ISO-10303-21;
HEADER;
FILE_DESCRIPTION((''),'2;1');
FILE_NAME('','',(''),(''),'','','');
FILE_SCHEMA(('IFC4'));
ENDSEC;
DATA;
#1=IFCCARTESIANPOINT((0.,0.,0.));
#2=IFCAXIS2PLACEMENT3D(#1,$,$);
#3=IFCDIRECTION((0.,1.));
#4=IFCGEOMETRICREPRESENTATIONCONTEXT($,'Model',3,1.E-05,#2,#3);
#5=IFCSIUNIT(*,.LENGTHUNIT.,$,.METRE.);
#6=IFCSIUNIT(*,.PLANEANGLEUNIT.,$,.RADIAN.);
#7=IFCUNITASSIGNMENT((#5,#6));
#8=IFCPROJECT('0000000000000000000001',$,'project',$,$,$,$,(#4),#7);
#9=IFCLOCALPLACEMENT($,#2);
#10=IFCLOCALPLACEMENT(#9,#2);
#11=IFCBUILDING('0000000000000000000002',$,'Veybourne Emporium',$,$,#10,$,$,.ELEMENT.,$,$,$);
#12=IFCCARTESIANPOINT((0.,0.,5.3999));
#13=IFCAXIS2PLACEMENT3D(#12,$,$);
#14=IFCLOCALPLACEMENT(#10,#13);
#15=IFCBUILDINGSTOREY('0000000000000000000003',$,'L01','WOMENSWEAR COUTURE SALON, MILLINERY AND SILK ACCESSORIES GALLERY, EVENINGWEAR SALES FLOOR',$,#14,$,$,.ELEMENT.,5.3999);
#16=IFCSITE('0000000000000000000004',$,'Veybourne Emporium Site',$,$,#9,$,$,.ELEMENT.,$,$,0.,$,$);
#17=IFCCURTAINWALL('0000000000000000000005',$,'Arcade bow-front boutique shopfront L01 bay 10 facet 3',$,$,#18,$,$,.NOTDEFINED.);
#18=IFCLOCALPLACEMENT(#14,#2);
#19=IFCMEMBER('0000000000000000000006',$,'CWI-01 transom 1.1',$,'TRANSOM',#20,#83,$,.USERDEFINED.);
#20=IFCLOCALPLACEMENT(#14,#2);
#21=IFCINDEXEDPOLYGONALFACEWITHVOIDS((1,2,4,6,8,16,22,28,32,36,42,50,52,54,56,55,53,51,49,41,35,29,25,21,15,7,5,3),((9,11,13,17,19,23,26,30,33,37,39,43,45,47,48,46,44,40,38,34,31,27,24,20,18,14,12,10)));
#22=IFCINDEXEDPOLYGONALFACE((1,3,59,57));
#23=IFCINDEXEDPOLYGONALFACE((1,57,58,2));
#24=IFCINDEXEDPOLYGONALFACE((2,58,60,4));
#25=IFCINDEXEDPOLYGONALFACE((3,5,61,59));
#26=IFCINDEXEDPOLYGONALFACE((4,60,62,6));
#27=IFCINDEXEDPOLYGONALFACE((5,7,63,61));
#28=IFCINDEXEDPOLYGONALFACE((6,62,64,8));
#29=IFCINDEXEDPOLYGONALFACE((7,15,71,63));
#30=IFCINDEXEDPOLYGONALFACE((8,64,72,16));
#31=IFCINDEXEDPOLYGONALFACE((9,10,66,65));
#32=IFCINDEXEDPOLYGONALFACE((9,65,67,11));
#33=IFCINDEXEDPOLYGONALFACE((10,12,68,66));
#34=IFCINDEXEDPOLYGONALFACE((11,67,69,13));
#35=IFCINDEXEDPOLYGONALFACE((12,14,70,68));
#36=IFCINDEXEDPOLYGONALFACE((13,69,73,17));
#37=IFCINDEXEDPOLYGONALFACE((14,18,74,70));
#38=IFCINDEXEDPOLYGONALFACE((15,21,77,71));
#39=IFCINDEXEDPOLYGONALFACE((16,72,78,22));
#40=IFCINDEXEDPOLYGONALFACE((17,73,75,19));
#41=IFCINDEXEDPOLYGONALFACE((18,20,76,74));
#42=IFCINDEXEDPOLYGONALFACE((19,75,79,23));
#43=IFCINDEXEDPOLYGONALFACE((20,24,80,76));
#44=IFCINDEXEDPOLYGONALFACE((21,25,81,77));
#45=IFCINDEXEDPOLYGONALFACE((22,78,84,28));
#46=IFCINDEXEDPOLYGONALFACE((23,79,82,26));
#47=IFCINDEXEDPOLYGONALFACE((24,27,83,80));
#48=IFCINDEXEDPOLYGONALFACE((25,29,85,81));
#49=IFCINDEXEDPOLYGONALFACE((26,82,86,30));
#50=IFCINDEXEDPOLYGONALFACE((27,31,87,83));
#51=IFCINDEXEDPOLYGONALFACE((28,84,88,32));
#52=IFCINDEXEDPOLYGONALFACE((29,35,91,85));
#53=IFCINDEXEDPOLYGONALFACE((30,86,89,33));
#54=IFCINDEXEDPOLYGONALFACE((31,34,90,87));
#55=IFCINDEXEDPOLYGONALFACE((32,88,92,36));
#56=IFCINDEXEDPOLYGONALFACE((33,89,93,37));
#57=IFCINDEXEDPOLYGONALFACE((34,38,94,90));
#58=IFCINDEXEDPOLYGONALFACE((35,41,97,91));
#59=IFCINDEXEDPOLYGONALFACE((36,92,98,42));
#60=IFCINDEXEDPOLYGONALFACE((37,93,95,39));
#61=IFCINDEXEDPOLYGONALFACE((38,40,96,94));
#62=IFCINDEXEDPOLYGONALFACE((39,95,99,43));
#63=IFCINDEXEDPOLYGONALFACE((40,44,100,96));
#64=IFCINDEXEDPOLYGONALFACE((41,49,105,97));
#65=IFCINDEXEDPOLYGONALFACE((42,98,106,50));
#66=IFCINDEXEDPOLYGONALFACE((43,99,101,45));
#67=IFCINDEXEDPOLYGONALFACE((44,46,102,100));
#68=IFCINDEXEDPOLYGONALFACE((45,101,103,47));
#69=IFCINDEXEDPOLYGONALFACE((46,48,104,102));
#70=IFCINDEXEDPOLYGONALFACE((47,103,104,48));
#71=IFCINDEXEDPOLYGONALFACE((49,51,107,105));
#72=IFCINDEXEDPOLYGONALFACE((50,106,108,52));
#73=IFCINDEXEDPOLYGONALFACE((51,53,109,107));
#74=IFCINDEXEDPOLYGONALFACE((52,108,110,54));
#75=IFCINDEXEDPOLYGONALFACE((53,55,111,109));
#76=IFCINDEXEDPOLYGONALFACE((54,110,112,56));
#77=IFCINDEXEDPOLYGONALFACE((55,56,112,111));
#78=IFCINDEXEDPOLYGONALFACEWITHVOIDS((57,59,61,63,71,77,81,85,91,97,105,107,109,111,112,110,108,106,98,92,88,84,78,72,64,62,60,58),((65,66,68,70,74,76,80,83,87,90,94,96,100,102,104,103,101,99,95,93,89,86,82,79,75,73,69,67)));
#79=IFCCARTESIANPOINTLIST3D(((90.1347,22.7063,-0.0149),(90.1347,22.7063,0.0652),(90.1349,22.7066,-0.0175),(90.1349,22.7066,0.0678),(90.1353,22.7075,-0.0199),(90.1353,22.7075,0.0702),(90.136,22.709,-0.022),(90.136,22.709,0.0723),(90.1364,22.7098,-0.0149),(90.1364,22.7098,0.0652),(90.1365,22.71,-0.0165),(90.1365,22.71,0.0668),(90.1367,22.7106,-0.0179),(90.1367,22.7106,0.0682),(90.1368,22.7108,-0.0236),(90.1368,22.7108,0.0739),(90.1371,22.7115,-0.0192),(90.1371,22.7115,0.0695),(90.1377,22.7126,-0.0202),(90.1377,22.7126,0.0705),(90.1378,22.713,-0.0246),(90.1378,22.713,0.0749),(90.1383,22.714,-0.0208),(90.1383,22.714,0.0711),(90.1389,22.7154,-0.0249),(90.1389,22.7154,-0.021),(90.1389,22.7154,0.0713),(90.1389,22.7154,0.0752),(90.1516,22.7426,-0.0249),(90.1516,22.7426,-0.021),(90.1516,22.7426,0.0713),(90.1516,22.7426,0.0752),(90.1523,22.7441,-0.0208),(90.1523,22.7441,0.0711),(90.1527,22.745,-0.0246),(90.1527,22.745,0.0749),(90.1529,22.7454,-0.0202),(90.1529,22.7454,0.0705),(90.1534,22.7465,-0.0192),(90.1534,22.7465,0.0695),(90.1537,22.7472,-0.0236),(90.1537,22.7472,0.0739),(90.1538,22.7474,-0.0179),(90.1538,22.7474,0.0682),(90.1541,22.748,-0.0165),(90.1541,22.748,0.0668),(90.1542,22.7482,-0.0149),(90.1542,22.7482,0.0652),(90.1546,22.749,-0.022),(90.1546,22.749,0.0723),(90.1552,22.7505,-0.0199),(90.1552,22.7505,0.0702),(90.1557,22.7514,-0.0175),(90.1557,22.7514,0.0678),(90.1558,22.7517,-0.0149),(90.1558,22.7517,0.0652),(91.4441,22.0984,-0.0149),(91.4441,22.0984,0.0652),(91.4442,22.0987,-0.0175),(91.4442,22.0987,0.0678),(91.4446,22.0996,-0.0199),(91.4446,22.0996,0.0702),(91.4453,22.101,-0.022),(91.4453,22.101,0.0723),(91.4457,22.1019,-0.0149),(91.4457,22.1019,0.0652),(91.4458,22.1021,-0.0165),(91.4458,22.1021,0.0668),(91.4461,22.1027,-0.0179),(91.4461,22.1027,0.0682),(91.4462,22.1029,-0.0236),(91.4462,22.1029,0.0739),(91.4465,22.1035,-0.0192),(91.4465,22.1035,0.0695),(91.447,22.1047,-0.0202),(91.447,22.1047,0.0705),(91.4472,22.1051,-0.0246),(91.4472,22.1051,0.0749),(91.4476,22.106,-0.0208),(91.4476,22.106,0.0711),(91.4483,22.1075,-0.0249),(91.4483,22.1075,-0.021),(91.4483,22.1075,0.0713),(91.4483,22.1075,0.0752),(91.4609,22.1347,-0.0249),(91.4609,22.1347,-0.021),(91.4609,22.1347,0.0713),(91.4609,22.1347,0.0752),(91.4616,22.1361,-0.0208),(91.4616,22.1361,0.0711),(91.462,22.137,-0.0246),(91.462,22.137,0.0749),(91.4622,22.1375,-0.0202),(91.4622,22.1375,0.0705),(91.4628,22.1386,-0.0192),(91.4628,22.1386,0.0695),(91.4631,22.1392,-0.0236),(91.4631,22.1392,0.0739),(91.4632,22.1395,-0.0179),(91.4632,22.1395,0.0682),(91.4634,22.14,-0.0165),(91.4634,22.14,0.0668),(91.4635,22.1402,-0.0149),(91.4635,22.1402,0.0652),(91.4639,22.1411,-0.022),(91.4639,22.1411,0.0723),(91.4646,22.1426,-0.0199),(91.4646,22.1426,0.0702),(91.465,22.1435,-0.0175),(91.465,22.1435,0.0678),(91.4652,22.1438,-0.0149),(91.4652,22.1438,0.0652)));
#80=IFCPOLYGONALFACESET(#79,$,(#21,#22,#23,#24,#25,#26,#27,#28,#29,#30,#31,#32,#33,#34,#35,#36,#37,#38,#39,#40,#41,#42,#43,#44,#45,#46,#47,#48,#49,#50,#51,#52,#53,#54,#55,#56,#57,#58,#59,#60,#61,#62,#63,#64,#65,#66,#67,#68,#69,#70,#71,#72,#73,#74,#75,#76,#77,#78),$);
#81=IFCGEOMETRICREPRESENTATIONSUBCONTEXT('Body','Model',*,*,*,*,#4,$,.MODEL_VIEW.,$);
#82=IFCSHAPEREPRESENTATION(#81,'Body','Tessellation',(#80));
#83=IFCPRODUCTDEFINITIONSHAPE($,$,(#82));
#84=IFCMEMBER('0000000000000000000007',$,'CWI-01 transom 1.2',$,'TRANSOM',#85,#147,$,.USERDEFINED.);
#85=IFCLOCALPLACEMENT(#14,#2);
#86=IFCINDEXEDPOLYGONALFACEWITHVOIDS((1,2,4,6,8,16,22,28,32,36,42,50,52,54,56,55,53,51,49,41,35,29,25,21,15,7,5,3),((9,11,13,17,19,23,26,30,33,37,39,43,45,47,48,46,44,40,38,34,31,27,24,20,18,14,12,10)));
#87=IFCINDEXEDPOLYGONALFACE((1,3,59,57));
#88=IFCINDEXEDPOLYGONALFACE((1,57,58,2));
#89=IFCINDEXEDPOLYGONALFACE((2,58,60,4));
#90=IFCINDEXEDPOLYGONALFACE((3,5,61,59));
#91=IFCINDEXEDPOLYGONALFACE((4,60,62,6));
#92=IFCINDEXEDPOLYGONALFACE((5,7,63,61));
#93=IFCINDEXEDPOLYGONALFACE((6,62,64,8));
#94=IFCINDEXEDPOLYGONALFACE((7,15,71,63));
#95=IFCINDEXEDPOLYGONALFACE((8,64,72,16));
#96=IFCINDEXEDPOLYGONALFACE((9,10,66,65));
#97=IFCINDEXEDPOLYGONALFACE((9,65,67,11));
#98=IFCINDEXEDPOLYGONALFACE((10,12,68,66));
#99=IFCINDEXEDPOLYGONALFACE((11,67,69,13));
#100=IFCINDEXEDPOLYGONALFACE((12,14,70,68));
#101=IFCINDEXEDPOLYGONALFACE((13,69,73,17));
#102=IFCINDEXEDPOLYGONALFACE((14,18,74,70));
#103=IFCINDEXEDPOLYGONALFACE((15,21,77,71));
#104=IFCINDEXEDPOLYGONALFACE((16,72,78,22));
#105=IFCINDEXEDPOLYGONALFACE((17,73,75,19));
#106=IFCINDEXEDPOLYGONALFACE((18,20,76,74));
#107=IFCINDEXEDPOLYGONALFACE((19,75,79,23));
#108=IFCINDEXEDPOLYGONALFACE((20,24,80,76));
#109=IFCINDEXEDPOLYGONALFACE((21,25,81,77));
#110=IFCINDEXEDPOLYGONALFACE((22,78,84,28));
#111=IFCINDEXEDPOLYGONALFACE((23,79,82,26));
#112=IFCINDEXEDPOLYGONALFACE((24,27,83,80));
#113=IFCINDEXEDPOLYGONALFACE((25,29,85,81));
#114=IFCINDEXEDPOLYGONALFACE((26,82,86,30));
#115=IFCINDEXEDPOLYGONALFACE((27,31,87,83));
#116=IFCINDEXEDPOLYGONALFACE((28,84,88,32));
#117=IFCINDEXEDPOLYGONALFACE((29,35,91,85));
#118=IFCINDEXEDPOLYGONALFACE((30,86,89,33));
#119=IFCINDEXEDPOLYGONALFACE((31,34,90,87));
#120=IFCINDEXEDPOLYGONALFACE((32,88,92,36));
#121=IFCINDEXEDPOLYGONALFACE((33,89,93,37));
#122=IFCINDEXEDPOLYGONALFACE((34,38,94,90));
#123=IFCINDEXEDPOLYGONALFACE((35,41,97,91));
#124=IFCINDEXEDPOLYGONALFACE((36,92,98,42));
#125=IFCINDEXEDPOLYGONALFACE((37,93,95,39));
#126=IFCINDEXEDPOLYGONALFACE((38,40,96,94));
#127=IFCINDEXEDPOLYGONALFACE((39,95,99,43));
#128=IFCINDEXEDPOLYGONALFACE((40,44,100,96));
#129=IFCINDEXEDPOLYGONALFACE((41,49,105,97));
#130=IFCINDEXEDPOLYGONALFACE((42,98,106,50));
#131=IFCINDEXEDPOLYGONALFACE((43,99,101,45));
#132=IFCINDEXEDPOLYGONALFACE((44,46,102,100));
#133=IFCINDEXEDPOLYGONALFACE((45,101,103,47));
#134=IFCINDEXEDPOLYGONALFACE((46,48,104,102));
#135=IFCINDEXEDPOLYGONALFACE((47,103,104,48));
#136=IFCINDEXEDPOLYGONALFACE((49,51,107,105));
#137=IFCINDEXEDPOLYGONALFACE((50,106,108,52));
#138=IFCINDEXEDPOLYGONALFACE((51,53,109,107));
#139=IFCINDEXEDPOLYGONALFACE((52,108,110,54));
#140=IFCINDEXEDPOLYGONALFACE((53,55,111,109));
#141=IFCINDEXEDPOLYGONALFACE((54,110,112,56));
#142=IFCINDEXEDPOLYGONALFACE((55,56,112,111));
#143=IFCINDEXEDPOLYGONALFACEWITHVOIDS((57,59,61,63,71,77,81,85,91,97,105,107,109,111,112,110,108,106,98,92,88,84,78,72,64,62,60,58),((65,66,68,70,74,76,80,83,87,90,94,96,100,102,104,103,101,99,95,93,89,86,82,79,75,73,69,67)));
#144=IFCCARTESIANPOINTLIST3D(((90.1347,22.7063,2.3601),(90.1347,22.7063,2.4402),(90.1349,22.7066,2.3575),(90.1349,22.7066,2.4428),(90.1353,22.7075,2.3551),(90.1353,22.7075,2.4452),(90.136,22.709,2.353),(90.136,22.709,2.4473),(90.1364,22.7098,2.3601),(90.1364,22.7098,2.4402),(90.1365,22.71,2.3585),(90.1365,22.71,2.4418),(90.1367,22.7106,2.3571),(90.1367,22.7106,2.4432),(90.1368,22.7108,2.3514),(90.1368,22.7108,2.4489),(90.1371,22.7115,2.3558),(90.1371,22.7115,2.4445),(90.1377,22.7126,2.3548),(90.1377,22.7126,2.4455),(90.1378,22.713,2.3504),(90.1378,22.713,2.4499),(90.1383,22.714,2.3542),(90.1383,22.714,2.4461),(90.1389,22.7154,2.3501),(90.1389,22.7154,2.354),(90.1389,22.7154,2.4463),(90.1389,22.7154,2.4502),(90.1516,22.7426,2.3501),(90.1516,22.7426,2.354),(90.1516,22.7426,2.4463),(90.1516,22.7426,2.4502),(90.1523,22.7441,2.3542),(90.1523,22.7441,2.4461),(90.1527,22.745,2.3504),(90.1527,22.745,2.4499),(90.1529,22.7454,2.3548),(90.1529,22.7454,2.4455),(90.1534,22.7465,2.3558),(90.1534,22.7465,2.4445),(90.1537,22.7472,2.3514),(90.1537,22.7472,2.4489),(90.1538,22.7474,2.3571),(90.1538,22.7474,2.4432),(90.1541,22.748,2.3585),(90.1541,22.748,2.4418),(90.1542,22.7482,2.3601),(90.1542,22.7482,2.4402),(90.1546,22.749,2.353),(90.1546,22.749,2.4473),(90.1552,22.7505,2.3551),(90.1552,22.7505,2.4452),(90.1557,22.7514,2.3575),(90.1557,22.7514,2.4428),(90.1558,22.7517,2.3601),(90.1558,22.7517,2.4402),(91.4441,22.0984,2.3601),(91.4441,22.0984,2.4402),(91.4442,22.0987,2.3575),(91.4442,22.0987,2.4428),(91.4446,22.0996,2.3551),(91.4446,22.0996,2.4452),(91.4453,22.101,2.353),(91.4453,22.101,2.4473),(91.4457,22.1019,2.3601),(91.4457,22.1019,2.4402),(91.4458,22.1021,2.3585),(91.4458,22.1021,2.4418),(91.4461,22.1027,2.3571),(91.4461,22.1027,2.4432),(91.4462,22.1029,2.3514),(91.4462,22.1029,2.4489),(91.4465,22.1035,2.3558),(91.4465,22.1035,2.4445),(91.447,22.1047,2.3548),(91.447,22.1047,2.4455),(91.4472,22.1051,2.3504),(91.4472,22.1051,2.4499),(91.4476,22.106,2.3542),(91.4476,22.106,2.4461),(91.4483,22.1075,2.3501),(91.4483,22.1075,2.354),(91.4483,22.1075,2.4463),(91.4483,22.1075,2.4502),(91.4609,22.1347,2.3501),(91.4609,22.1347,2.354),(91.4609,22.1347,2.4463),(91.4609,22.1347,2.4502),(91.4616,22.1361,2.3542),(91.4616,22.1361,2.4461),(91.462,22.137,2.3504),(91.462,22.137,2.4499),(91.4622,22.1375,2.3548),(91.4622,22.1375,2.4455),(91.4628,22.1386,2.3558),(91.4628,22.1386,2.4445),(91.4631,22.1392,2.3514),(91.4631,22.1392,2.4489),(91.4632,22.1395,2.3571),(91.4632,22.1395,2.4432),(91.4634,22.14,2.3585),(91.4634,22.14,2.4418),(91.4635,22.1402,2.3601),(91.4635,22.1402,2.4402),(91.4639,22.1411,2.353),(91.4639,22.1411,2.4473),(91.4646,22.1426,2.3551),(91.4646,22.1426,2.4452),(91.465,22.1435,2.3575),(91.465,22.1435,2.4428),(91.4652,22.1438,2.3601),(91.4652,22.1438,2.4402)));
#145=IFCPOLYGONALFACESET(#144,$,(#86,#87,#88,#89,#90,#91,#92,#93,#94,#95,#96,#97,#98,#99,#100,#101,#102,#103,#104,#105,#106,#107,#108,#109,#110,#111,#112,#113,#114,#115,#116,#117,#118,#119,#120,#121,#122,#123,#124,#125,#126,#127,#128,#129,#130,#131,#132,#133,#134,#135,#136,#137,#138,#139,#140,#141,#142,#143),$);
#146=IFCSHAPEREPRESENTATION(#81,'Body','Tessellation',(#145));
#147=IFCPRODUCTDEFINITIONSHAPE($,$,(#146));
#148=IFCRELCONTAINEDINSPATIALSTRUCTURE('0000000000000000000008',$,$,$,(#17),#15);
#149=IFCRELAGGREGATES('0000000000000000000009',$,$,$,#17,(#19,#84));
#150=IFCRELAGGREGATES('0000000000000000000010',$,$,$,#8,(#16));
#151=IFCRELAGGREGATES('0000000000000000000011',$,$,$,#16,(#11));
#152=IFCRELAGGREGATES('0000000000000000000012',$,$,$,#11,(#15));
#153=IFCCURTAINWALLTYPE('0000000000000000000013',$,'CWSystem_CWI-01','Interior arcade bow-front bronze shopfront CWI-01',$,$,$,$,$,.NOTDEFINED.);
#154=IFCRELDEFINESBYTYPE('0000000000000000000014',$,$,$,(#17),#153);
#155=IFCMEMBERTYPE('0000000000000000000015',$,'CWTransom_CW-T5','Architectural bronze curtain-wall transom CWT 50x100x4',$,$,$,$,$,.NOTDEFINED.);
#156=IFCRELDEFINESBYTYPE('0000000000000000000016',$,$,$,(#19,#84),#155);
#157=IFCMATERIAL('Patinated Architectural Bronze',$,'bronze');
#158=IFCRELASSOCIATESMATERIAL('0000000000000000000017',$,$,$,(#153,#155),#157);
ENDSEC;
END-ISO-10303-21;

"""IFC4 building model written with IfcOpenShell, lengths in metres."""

from ifc_helpers import new_model, si_unit, direction, frame, origin, origin_2d, place, context, subcontext, project, spatial, hollow_rectangle, extrude, material, material_profile, profile_set, type_object, element, aggregate, save


model = new_model("IFC4")

# Units and contexts
model_context = context("Model", 3, precision=1e-05, world=origin(), true_north=direction((0.0, 1.0)))
body_context = subcontext(model_context, "Body", "Model", "MODEL_VIEW")
ifc_project = project(units=[si_unit("LENGTHUNIT", "METRE"), si_unit("PLANEANGLEUNIT", "RADIAN")], contexts=[model_context])

# Site, building, storey
site_placement = place(None, origin())
site = spatial("IfcSite", under=ifc_project, at=site_placement, Name="Veybourne Emporium Site", CompositionType="ELEMENT", RefElevation=0.0)
building_placement = place(site_placement, origin())
building = spatial("IfcBuilding", under=site, at=building_placement, Name="Veybourne Emporium", CompositionType="ELEMENT")
storey_placement = place(building_placement, frame((0.0, 0.0, 5.3999)))
storey = spatial("IfcBuildingStorey", under=building, at=storey_placement, Name="L01", Description="WOMENSWEAR COUTURE SALON, MILLINERY AND SILK ACCESSORIES GALLERY, EVENINGWEAR SALES FLOOR", CompositionType="ELEMENT", Elevation=5.3999)

# Curtain wall
ifc_material_1 = material(Name="Patinated Architectural Bronze", Category="bronze")
curtain_wall_type_1 = type_object("IfcCurtainWallType", Name="CWSystem_CWI-01", Description="Interior arcade bow-front bronze shopfront CWI-01", PredefinedType="NOTDEFINED", material=ifc_material_1)
curtain_wall_1_placement = place(storey_placement, origin())
curtain_wall_1 = element("IfcCurtainWall", 1, at=curtain_wall_1_placement, inside=storey, type_object=curtain_wall_type_1, Name="Arcade bow-front boutique shopfront L01 bay 10 facet 3", PredefinedType="NOTDEFINED")

# Members
ifc_material_profile_1 = material_profile(ifc_material_1, hollow_rectangle(XDim=0.05, YDim=0.1001, WallThickness=0.0039, InnerFilletRadius=0.0061, OuterFilletRadius=0.01, at=origin_2d()), Name="CWT 50x100x4")
ifc_profile_set_1 = profile_set([ifc_material_profile_1], Name="Patinated Architectural Bronze")
member_type_1 = type_object("IfcMemberType", Name="CWTransom_CW-T5", Description="Architectural bronze curtain-wall transom CWT 50x100x4", PredefinedType="NOTDEFINED", material=ifc_profile_set_1)
member_1_placement = place(storey_placement, frame((90.1453, 22.729, 0.0251), z_axis=(0.907007, -0.421116, 0.0), x_axis=(0.421116, 0.907007, 0.0)))
member_1 = element("IfcMember", 2, at=member_1_placement, type_object=member_type_1, Name="CWI-01 transom 1.1", ObjectType="TRANSOM", PredefinedType="USERDEFINED", context=body_context, shape_type="SweptSolid", body=[
    extrude(hollow_rectangle(XDim=0.05, YDim=0.1001, WallThickness=0.0039, InnerFilletRadius=0.0061, OuterFilletRadius=0.01, at=origin_2d()), origin(), (0.0, 0.0, 1.0), 1.4436),
])
member_2_placement = place(storey_placement, frame((90.1453, 22.729, 2.4001), z_axis=(0.907007, -0.421116, 0.0), x_axis=(0.421116, 0.907007, 0.0)))
member_2 = element("IfcMember", 3, at=member_2_placement, type_object=member_type_1, Name="CWI-01 transom 1.2", ObjectType="TRANSOM", PredefinedType="USERDEFINED", context=body_context, shape_type="SweptSolid", body=[
    extrude(hollow_rectangle(XDim=0.05, YDim=0.1001, WallThickness=0.0039, InnerFilletRadius=0.0061, OuterFilletRadius=0.01, at=origin_2d()), origin(), (0.0, 0.0, 1.0), 1.4436),
])

aggregate(curtain_wall_1, [member_1, member_2])

save(model, "model.ifc")
